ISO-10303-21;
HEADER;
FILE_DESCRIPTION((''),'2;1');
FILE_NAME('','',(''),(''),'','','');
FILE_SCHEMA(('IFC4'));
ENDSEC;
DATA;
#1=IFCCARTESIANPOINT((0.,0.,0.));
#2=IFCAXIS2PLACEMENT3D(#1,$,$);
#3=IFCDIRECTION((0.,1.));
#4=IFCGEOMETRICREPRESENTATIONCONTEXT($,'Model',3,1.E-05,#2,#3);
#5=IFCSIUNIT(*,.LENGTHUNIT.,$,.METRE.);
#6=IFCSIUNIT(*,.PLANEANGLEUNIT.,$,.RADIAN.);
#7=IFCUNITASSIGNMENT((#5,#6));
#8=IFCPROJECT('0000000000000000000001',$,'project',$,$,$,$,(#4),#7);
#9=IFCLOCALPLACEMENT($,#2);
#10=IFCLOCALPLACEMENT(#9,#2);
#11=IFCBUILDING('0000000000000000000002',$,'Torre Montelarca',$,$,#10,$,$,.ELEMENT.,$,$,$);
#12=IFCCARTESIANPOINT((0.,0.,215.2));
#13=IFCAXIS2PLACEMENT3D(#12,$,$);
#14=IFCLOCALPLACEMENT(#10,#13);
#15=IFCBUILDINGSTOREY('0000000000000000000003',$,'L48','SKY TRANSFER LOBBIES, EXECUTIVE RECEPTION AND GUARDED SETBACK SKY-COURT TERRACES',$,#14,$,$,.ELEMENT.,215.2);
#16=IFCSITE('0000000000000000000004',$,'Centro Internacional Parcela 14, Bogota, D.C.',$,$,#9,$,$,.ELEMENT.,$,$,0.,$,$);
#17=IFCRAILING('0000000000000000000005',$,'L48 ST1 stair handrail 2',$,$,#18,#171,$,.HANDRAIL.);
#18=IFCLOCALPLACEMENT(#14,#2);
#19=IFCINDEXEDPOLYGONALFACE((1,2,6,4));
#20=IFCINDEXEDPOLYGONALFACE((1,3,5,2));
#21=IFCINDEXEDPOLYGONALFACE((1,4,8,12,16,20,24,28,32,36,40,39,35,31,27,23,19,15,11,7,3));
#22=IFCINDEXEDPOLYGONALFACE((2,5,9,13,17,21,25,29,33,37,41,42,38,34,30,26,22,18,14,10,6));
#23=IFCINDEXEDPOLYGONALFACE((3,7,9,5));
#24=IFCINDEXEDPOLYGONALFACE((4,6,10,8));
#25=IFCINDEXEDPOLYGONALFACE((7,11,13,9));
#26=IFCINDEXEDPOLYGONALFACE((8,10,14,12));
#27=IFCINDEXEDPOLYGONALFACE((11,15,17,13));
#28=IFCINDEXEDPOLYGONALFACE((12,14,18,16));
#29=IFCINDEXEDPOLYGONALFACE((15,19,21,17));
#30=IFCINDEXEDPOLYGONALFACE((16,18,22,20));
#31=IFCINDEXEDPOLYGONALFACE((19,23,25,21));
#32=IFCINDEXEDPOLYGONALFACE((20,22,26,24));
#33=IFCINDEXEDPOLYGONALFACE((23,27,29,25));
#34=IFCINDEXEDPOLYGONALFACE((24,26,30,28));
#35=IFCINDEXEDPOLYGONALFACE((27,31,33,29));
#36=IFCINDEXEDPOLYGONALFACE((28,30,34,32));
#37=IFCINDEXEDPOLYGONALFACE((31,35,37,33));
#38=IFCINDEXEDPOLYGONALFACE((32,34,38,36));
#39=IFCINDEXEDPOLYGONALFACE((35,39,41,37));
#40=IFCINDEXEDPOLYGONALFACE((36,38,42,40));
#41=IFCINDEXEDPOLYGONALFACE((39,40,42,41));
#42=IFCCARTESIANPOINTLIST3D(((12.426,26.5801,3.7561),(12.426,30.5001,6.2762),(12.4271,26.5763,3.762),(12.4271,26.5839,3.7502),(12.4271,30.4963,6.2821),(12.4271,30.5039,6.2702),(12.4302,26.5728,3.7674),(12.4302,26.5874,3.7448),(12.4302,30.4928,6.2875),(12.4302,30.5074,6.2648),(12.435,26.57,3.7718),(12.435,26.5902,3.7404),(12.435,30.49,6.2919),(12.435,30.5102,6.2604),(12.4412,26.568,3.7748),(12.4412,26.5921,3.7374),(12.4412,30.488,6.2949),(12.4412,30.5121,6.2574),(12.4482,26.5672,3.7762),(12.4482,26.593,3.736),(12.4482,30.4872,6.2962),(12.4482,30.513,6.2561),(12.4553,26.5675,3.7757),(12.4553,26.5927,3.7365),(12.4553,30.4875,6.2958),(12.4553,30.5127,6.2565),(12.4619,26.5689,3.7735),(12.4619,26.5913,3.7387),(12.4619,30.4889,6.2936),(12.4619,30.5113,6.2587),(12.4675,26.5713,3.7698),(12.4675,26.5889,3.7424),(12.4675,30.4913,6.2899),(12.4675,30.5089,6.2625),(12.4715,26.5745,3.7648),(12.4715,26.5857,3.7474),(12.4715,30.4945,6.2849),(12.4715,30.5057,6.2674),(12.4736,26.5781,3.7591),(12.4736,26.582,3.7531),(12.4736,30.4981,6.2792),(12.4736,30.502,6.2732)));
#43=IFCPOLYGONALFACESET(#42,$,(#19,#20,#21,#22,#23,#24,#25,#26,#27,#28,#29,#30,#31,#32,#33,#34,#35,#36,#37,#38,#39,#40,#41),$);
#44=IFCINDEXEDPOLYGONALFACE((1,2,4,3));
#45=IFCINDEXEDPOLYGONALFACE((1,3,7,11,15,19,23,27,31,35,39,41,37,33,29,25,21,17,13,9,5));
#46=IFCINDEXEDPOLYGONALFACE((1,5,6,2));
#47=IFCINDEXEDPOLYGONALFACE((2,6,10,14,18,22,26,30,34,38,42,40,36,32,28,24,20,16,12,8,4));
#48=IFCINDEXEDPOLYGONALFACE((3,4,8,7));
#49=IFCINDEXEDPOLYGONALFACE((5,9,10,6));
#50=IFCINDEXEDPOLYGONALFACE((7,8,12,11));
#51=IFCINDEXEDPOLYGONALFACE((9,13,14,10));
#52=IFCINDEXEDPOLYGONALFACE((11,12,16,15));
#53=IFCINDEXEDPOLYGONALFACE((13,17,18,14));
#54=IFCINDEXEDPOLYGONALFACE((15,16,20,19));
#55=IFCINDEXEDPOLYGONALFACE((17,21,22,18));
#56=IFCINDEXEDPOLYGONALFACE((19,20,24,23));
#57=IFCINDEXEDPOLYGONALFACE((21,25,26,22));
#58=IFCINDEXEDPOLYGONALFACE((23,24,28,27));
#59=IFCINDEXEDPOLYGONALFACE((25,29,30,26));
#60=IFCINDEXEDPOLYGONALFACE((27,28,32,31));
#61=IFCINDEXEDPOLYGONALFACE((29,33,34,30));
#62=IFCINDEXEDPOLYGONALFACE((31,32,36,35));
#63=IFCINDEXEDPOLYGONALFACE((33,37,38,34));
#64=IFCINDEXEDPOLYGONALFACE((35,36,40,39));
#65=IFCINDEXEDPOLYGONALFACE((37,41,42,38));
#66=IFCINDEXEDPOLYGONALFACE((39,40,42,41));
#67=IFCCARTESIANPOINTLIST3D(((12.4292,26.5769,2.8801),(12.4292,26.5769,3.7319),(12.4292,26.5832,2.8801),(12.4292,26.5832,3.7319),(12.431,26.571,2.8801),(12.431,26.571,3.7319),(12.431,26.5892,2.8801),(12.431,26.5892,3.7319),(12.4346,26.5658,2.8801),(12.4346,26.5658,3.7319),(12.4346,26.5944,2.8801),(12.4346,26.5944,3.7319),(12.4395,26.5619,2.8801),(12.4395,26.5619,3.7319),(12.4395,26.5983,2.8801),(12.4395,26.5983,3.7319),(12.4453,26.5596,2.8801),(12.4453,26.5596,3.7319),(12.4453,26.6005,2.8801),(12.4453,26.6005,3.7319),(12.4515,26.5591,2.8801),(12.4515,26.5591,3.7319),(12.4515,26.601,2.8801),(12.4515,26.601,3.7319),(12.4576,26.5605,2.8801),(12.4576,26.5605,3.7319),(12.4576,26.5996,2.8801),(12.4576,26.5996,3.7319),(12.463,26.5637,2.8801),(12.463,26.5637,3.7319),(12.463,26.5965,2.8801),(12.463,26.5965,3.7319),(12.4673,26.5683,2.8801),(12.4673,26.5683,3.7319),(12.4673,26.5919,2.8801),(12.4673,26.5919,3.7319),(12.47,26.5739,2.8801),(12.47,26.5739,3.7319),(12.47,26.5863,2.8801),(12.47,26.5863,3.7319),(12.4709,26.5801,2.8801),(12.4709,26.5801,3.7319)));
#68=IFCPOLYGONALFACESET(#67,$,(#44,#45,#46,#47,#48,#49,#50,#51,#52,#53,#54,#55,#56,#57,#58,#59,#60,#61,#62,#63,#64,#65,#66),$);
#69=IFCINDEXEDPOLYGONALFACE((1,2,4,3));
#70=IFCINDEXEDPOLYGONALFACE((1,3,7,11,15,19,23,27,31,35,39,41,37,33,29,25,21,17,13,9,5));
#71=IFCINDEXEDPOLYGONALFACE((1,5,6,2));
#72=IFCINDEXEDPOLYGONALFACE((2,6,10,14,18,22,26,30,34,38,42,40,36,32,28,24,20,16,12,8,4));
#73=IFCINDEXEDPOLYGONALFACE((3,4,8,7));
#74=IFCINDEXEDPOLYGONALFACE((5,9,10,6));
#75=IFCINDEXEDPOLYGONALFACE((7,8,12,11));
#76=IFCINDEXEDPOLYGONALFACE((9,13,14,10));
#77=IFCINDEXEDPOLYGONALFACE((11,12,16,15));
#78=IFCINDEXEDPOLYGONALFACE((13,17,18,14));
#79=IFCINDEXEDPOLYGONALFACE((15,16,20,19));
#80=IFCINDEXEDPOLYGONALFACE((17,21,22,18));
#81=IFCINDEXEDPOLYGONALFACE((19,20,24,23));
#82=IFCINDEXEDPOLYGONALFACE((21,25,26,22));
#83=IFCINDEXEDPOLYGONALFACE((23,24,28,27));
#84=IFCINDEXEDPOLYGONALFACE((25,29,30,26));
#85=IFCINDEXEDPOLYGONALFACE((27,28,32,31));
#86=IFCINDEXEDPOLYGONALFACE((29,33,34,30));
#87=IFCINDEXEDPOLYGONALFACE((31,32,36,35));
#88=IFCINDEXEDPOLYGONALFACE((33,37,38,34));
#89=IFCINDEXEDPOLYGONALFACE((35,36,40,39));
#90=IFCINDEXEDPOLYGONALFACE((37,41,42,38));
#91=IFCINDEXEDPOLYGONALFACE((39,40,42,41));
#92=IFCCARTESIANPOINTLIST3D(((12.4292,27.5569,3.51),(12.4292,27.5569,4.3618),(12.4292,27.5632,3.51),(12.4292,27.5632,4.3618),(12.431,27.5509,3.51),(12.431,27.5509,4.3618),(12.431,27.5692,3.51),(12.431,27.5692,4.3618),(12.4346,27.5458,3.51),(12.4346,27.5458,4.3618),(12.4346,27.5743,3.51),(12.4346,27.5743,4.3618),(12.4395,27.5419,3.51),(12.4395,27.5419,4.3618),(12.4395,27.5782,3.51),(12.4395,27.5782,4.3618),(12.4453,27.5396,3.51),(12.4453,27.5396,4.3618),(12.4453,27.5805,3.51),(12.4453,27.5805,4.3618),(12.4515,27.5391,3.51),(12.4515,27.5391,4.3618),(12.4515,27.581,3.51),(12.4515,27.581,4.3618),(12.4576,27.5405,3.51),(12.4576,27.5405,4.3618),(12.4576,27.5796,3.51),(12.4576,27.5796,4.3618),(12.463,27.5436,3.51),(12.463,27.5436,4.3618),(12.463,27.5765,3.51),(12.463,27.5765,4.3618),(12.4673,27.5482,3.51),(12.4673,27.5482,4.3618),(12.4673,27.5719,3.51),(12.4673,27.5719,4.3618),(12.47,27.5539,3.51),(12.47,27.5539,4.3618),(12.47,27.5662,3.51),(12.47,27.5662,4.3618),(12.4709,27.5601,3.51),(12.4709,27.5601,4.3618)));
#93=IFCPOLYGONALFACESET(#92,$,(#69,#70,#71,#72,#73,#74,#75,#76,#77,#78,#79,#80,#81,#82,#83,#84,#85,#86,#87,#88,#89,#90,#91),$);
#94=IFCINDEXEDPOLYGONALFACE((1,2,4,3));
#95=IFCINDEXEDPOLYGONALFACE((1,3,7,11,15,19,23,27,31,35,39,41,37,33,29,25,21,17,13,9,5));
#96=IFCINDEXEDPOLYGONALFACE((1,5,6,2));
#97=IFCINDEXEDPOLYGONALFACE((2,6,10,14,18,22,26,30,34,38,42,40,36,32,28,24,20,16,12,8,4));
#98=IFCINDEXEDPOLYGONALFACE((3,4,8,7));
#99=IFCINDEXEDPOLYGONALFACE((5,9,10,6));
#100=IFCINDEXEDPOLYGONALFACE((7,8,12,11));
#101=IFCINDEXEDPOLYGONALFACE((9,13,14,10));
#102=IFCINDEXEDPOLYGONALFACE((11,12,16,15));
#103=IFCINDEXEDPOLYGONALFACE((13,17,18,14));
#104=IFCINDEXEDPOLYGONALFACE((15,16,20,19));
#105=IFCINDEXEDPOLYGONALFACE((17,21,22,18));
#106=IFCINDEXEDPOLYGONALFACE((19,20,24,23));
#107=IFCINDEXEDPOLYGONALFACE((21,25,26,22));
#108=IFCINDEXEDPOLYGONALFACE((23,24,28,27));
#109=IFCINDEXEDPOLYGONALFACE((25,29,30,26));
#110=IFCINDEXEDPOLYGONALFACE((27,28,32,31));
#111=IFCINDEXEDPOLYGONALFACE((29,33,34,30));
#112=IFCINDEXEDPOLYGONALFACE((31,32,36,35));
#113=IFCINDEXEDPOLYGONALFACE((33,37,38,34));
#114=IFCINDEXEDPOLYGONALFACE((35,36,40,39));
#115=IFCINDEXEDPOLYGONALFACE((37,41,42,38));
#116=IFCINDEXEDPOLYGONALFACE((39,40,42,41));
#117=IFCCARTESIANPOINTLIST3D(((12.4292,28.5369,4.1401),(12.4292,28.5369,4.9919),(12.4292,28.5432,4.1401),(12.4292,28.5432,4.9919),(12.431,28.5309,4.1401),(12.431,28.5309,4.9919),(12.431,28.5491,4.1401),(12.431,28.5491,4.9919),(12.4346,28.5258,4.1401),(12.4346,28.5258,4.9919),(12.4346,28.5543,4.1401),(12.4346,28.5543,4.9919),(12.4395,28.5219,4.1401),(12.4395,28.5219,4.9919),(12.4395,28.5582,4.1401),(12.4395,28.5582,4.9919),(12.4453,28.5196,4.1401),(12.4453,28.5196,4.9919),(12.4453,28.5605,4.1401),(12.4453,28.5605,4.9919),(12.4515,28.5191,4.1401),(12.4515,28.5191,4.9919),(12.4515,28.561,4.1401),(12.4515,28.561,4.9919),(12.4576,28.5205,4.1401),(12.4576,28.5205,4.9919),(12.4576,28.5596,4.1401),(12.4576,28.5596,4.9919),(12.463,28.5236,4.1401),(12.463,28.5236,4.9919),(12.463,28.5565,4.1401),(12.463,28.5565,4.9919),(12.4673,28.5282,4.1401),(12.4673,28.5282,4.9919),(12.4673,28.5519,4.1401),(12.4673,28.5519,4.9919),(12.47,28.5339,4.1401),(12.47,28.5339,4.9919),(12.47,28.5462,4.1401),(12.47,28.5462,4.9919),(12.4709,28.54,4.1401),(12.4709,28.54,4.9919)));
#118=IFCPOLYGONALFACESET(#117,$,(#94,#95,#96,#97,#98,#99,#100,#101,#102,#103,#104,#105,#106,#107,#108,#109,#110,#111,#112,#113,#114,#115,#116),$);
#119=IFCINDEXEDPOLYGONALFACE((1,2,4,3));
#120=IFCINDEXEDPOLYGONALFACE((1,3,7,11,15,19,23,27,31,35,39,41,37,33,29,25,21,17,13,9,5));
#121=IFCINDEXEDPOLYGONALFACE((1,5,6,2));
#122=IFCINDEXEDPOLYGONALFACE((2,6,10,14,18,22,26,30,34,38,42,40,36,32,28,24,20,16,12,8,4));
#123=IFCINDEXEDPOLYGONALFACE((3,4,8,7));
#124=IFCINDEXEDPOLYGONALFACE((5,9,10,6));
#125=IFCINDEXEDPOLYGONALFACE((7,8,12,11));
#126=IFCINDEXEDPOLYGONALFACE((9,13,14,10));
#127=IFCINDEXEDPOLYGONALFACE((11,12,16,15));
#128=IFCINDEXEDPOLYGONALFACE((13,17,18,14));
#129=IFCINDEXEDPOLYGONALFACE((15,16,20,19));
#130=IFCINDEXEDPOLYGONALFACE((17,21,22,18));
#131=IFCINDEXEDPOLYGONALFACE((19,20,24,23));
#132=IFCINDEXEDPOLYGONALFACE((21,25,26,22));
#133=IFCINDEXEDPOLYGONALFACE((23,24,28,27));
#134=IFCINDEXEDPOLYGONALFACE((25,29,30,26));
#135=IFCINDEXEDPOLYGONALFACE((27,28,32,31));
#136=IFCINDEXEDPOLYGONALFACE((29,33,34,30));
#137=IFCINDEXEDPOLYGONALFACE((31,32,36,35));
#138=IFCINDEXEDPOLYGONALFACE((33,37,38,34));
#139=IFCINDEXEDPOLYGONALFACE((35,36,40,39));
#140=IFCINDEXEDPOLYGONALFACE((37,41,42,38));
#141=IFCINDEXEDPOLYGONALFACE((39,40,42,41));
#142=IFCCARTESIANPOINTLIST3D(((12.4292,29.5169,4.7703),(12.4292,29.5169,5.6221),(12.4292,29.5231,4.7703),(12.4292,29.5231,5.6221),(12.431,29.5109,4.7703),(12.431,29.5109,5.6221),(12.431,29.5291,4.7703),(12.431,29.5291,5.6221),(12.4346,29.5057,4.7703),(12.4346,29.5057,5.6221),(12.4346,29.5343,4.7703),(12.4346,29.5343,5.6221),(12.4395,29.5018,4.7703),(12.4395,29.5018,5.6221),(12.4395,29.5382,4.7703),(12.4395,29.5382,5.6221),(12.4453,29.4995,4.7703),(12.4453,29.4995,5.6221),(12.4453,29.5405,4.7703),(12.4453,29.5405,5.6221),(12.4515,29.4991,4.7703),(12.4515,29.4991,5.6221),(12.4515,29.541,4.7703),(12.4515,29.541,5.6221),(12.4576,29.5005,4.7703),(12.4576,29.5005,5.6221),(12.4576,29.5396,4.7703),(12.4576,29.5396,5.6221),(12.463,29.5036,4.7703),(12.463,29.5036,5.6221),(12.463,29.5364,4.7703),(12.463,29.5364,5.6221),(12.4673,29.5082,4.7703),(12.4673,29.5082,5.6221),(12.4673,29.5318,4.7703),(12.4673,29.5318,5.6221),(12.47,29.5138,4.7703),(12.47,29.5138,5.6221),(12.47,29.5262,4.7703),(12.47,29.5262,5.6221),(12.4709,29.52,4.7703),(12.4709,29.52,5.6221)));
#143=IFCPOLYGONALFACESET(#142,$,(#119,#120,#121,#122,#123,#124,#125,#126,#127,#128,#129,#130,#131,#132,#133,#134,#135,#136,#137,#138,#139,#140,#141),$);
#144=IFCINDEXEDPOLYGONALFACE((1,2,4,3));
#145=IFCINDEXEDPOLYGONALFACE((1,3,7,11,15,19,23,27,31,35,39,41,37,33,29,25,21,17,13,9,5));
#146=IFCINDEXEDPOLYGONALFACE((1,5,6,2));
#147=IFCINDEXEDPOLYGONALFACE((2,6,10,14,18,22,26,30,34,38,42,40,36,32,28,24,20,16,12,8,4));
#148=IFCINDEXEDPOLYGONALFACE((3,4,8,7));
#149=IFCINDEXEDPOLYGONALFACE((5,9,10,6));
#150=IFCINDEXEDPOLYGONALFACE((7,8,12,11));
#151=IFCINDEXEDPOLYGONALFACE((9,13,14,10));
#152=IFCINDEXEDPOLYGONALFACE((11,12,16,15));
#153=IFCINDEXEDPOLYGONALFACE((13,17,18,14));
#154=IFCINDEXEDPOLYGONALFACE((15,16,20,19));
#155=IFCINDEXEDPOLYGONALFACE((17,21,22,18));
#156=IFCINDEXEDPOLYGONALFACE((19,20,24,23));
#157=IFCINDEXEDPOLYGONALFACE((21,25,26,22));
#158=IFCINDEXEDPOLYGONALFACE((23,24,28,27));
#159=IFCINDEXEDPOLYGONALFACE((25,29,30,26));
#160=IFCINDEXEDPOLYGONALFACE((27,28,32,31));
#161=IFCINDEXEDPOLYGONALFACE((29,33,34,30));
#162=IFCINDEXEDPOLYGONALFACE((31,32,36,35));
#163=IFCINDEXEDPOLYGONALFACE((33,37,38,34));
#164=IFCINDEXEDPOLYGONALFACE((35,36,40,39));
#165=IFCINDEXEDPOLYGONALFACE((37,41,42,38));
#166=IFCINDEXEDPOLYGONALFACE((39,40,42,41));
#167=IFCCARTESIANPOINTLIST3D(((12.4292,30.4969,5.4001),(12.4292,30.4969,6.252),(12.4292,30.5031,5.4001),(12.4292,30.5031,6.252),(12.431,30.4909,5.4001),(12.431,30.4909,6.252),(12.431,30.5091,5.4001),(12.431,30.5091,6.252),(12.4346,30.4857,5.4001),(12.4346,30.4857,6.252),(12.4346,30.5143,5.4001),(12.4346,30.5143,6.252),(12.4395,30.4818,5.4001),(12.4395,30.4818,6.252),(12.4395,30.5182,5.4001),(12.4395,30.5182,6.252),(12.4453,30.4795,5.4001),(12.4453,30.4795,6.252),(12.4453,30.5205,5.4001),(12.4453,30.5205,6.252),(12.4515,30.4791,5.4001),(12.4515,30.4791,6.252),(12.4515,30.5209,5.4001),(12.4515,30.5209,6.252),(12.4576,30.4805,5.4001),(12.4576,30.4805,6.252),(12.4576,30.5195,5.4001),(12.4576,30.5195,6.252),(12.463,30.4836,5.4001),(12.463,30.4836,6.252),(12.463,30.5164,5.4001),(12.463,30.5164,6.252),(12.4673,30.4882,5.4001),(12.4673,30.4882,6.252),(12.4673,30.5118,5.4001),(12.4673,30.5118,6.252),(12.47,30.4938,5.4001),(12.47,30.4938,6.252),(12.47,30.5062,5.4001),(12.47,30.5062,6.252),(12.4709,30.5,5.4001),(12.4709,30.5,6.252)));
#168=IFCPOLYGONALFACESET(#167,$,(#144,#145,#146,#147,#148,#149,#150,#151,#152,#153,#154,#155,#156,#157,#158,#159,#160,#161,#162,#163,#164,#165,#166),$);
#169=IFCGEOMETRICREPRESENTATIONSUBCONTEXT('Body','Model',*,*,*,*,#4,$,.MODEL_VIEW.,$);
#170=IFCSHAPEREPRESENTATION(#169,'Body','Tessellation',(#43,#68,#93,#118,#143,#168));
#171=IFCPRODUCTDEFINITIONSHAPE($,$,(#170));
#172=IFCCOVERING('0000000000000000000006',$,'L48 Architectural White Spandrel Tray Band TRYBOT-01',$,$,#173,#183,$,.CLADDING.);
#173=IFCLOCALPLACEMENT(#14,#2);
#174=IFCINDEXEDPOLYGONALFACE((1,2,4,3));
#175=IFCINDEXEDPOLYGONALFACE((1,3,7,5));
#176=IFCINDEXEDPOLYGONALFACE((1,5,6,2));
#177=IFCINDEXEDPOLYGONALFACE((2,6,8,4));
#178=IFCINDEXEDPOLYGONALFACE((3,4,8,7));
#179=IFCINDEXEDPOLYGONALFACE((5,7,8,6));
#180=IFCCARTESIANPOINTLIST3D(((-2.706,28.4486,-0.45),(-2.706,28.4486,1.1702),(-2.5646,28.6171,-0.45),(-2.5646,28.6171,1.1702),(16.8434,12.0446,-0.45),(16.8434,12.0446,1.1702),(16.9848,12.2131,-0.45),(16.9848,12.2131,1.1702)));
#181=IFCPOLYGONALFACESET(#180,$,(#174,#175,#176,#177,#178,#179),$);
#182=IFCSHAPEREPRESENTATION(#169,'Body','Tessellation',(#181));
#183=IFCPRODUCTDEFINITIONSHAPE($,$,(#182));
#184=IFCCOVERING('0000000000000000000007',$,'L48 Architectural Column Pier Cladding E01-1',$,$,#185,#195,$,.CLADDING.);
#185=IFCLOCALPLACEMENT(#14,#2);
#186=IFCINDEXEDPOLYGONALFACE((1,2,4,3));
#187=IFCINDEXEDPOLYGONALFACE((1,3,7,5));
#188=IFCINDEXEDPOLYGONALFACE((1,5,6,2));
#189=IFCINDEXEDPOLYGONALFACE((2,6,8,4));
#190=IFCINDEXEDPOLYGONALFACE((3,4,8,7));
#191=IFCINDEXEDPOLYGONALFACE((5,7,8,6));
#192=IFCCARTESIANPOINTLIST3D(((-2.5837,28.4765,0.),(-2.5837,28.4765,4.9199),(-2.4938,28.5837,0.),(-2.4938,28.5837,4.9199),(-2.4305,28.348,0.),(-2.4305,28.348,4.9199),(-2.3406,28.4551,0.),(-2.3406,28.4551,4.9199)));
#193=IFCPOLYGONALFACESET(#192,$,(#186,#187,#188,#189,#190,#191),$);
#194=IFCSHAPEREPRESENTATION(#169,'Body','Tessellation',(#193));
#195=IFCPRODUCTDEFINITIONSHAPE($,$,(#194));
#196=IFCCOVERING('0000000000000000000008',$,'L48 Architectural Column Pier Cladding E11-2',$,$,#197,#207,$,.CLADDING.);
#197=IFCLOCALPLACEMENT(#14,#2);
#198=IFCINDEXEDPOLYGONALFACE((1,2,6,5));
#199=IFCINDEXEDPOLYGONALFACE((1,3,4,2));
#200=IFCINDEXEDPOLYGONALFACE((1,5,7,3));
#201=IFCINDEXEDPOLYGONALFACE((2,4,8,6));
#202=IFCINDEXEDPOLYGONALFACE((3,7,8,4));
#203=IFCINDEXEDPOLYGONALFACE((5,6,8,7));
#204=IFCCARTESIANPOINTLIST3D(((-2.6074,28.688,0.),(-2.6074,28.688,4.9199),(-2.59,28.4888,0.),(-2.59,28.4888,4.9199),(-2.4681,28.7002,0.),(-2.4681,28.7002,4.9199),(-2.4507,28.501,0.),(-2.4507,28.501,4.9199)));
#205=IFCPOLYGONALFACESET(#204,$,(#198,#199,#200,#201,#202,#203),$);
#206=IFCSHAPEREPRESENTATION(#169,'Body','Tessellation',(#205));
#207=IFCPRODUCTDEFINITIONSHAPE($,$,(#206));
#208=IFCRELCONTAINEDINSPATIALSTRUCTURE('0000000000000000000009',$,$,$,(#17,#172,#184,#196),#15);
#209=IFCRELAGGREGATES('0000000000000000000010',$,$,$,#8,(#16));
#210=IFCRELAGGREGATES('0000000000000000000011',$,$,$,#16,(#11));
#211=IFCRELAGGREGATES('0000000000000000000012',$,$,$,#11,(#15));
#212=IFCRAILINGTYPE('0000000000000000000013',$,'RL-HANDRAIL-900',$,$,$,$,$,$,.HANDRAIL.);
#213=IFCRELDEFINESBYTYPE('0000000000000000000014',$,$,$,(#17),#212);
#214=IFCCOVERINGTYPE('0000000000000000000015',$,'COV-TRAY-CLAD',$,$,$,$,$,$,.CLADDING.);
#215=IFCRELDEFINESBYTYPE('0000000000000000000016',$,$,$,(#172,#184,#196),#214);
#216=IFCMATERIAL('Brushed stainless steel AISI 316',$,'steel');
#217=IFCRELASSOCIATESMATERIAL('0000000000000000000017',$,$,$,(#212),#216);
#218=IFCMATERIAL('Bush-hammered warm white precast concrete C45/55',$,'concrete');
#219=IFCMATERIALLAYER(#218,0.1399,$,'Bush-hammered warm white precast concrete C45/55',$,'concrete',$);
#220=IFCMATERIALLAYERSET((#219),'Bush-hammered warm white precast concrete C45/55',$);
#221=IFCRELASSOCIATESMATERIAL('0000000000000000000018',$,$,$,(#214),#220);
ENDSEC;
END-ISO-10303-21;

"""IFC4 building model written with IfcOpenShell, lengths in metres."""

from ifc_helpers import new_model, si_unit, direction, frame, origin, origin_2d, place, context, subcontext, project, spatial, rectangle, circle, extrude, source, transform, mapped, material, layer, layer_set, type_object, element, save


model = new_model("IFC4")

# Units and contexts
model_context = context("Model", 3, precision=1e-05, world=origin(), true_north=direction((0.0, 1.0)))
body_context = subcontext(model_context, "Body", "Model", "MODEL_VIEW")
ifc_project = project(units=[si_unit("LENGTHUNIT", "METRE"), si_unit("PLANEANGLEUNIT", "RADIAN")], contexts=[model_context])

# Site, building, storey
site_placement = place(None, origin())
site = spatial("IfcSite", under=ifc_project, at=site_placement, Name="Centro Internacional Parcela 14, Bogota, D.C.", CompositionType="ELEMENT", RefElevation=0.0)
building_placement = place(site_placement, origin())
building = spatial("IfcBuilding", under=site, at=building_placement, Name="Torre Montelarca", CompositionType="ELEMENT")
storey_placement = place(building_placement, frame((0.0, 0.0, 215.2)))
storey = spatial("IfcBuildingStorey", under=building, at=storey_placement, Name="L48", Description="SKY TRANSFER LOBBIES, EXECUTIVE RECEPTION AND GUARDED SETBACK SKY-COURT TERRACES", CompositionType="ELEMENT", Elevation=215.2)

# Railing
ifc_material_1 = material(Name="Brushed stainless steel AISI 316", Category="steel")
railing_type_1 = type_object("IfcRailingType", Name="RL-HANDRAIL-900", PredefinedType="HANDRAIL", material=ifc_material_1)
railing_1_placement = place(storey_placement, frame((12.45, 26.5801, 2.8801)))
element("IfcRailing", 1, at=railing_1_placement, inside=storey, type_object=railing_type_1, Name="L48 ST1 stair handrail 2", PredefinedType="HANDRAIL", context=body_context, shape_type="SweptSolid", body=[
    extrude(circle(Radius=0.0239, at=origin_2d()), frame((0.0, 0.0, 0.876), z_axis=(0.0, 0.841172, 0.540768), x_axis=(-1.0, 0.0, 0.0)), (0.0, 0.0, 1.0), 4.6602),
    extrude(circle(Radius=0.021, at=origin_2d()), origin(), (0.0, 0.0, 1.0), 0.8518),
    extrude(circle(Radius=0.021, at=origin_2d()), frame((0.0, 0.98, 0.6299)), (0.0, 0.0, 1.0), 0.8518),
    extrude(circle(Radius=0.021, at=origin_2d()), frame((0.0, 1.96, 1.26)), (0.0, 0.0, 1.0), 0.8518),
    extrude(circle(Radius=0.021, at=origin_2d()), frame((0.0, 2.9399, 1.8901)), (0.0, 0.0, 1.0), 0.8518),
    extrude(circle(Radius=0.021, at=origin_2d()), frame((0.0, 3.9199, 2.52)), (0.0, 0.0, 1.0), 0.8518),
])

# Coverings
ifc_material_2 = material(Name="Bush-hammered warm white precast concrete C45/55", Category="concrete")
ifc_layer_1 = layer(ifc_material_2, 0.1399, Name="Bush-hammered warm white precast concrete C45/55", Category="concrete")
ifc_layer_set_1 = layer_set([ifc_layer_1], Name="Bush-hammered warm white precast concrete C45/55")
covering_type = type_object("IfcCoveringType", Name="COV-TRAY-CLAD", PredefinedType="CLADDING", material=ifc_layer_set_1)
shared_shape_1 = source(origin(), body_context, "Body", "SweptSolid", [
    extrude(rectangle(XDim=25.52, YDim=0.22, at=origin_2d()), origin(), (0.0, 0.0, 1.0), 1.6201),
])
covering_1_placement = place(storey_placement, frame((7.1394, 20.3308, -0.45), z_axis=(0.0, 0.0, 1.0), x_axis=(0.766043, -0.642789, 0.0)))
element("IfcCovering", 2, at=covering_1_placement, inside=storey, type_object=covering_type, Name="L48 Architectural White Spandrel Tray Band TRYBOT-01", PredefinedType="CLADDING", context=body_context, shape_type="MappedRepresentation", body=[
    mapped(shared_shape_1, transform((0.0, 0.0, 0.0), scale=1.0)),
])
shared_shape_2 = source(origin(), body_context, "Body", "SweptSolid", [
    extrude(rectangle(XDim=0.2, YDim=0.1399, at=origin_2d()), origin(), (0.0, 0.0, 1.0), 4.9199),
])
for number, where, z_axis, x_axis, name in (
    (3, (-2.4622, 28.4658, 0.0), (0.0, 0.0, 1.0), (0.766042, -0.64279, 0.0), "L48 Architectural Column Pier Cladding E01-1"),
    (4, (-2.5291, 28.5945, 0.0), (0.0, 0.0, 1.0), (0.087161, -0.996194, 0.0), "L48 Architectural Column Pier Cladding E11-2"),
):
    element("IfcCovering", number, at=place(storey_placement, frame(where, z_axis=z_axis, x_axis=x_axis)), inside=storey, type_object=covering_type, Name=name, PredefinedType="CLADDING", context=body_context, shape_type="MappedRepresentation", body=[
        mapped(shared_shape_2, transform((0.0, 0.0, 0.0), scale=1.0)),
    ])

save(model, "model.ifc")
